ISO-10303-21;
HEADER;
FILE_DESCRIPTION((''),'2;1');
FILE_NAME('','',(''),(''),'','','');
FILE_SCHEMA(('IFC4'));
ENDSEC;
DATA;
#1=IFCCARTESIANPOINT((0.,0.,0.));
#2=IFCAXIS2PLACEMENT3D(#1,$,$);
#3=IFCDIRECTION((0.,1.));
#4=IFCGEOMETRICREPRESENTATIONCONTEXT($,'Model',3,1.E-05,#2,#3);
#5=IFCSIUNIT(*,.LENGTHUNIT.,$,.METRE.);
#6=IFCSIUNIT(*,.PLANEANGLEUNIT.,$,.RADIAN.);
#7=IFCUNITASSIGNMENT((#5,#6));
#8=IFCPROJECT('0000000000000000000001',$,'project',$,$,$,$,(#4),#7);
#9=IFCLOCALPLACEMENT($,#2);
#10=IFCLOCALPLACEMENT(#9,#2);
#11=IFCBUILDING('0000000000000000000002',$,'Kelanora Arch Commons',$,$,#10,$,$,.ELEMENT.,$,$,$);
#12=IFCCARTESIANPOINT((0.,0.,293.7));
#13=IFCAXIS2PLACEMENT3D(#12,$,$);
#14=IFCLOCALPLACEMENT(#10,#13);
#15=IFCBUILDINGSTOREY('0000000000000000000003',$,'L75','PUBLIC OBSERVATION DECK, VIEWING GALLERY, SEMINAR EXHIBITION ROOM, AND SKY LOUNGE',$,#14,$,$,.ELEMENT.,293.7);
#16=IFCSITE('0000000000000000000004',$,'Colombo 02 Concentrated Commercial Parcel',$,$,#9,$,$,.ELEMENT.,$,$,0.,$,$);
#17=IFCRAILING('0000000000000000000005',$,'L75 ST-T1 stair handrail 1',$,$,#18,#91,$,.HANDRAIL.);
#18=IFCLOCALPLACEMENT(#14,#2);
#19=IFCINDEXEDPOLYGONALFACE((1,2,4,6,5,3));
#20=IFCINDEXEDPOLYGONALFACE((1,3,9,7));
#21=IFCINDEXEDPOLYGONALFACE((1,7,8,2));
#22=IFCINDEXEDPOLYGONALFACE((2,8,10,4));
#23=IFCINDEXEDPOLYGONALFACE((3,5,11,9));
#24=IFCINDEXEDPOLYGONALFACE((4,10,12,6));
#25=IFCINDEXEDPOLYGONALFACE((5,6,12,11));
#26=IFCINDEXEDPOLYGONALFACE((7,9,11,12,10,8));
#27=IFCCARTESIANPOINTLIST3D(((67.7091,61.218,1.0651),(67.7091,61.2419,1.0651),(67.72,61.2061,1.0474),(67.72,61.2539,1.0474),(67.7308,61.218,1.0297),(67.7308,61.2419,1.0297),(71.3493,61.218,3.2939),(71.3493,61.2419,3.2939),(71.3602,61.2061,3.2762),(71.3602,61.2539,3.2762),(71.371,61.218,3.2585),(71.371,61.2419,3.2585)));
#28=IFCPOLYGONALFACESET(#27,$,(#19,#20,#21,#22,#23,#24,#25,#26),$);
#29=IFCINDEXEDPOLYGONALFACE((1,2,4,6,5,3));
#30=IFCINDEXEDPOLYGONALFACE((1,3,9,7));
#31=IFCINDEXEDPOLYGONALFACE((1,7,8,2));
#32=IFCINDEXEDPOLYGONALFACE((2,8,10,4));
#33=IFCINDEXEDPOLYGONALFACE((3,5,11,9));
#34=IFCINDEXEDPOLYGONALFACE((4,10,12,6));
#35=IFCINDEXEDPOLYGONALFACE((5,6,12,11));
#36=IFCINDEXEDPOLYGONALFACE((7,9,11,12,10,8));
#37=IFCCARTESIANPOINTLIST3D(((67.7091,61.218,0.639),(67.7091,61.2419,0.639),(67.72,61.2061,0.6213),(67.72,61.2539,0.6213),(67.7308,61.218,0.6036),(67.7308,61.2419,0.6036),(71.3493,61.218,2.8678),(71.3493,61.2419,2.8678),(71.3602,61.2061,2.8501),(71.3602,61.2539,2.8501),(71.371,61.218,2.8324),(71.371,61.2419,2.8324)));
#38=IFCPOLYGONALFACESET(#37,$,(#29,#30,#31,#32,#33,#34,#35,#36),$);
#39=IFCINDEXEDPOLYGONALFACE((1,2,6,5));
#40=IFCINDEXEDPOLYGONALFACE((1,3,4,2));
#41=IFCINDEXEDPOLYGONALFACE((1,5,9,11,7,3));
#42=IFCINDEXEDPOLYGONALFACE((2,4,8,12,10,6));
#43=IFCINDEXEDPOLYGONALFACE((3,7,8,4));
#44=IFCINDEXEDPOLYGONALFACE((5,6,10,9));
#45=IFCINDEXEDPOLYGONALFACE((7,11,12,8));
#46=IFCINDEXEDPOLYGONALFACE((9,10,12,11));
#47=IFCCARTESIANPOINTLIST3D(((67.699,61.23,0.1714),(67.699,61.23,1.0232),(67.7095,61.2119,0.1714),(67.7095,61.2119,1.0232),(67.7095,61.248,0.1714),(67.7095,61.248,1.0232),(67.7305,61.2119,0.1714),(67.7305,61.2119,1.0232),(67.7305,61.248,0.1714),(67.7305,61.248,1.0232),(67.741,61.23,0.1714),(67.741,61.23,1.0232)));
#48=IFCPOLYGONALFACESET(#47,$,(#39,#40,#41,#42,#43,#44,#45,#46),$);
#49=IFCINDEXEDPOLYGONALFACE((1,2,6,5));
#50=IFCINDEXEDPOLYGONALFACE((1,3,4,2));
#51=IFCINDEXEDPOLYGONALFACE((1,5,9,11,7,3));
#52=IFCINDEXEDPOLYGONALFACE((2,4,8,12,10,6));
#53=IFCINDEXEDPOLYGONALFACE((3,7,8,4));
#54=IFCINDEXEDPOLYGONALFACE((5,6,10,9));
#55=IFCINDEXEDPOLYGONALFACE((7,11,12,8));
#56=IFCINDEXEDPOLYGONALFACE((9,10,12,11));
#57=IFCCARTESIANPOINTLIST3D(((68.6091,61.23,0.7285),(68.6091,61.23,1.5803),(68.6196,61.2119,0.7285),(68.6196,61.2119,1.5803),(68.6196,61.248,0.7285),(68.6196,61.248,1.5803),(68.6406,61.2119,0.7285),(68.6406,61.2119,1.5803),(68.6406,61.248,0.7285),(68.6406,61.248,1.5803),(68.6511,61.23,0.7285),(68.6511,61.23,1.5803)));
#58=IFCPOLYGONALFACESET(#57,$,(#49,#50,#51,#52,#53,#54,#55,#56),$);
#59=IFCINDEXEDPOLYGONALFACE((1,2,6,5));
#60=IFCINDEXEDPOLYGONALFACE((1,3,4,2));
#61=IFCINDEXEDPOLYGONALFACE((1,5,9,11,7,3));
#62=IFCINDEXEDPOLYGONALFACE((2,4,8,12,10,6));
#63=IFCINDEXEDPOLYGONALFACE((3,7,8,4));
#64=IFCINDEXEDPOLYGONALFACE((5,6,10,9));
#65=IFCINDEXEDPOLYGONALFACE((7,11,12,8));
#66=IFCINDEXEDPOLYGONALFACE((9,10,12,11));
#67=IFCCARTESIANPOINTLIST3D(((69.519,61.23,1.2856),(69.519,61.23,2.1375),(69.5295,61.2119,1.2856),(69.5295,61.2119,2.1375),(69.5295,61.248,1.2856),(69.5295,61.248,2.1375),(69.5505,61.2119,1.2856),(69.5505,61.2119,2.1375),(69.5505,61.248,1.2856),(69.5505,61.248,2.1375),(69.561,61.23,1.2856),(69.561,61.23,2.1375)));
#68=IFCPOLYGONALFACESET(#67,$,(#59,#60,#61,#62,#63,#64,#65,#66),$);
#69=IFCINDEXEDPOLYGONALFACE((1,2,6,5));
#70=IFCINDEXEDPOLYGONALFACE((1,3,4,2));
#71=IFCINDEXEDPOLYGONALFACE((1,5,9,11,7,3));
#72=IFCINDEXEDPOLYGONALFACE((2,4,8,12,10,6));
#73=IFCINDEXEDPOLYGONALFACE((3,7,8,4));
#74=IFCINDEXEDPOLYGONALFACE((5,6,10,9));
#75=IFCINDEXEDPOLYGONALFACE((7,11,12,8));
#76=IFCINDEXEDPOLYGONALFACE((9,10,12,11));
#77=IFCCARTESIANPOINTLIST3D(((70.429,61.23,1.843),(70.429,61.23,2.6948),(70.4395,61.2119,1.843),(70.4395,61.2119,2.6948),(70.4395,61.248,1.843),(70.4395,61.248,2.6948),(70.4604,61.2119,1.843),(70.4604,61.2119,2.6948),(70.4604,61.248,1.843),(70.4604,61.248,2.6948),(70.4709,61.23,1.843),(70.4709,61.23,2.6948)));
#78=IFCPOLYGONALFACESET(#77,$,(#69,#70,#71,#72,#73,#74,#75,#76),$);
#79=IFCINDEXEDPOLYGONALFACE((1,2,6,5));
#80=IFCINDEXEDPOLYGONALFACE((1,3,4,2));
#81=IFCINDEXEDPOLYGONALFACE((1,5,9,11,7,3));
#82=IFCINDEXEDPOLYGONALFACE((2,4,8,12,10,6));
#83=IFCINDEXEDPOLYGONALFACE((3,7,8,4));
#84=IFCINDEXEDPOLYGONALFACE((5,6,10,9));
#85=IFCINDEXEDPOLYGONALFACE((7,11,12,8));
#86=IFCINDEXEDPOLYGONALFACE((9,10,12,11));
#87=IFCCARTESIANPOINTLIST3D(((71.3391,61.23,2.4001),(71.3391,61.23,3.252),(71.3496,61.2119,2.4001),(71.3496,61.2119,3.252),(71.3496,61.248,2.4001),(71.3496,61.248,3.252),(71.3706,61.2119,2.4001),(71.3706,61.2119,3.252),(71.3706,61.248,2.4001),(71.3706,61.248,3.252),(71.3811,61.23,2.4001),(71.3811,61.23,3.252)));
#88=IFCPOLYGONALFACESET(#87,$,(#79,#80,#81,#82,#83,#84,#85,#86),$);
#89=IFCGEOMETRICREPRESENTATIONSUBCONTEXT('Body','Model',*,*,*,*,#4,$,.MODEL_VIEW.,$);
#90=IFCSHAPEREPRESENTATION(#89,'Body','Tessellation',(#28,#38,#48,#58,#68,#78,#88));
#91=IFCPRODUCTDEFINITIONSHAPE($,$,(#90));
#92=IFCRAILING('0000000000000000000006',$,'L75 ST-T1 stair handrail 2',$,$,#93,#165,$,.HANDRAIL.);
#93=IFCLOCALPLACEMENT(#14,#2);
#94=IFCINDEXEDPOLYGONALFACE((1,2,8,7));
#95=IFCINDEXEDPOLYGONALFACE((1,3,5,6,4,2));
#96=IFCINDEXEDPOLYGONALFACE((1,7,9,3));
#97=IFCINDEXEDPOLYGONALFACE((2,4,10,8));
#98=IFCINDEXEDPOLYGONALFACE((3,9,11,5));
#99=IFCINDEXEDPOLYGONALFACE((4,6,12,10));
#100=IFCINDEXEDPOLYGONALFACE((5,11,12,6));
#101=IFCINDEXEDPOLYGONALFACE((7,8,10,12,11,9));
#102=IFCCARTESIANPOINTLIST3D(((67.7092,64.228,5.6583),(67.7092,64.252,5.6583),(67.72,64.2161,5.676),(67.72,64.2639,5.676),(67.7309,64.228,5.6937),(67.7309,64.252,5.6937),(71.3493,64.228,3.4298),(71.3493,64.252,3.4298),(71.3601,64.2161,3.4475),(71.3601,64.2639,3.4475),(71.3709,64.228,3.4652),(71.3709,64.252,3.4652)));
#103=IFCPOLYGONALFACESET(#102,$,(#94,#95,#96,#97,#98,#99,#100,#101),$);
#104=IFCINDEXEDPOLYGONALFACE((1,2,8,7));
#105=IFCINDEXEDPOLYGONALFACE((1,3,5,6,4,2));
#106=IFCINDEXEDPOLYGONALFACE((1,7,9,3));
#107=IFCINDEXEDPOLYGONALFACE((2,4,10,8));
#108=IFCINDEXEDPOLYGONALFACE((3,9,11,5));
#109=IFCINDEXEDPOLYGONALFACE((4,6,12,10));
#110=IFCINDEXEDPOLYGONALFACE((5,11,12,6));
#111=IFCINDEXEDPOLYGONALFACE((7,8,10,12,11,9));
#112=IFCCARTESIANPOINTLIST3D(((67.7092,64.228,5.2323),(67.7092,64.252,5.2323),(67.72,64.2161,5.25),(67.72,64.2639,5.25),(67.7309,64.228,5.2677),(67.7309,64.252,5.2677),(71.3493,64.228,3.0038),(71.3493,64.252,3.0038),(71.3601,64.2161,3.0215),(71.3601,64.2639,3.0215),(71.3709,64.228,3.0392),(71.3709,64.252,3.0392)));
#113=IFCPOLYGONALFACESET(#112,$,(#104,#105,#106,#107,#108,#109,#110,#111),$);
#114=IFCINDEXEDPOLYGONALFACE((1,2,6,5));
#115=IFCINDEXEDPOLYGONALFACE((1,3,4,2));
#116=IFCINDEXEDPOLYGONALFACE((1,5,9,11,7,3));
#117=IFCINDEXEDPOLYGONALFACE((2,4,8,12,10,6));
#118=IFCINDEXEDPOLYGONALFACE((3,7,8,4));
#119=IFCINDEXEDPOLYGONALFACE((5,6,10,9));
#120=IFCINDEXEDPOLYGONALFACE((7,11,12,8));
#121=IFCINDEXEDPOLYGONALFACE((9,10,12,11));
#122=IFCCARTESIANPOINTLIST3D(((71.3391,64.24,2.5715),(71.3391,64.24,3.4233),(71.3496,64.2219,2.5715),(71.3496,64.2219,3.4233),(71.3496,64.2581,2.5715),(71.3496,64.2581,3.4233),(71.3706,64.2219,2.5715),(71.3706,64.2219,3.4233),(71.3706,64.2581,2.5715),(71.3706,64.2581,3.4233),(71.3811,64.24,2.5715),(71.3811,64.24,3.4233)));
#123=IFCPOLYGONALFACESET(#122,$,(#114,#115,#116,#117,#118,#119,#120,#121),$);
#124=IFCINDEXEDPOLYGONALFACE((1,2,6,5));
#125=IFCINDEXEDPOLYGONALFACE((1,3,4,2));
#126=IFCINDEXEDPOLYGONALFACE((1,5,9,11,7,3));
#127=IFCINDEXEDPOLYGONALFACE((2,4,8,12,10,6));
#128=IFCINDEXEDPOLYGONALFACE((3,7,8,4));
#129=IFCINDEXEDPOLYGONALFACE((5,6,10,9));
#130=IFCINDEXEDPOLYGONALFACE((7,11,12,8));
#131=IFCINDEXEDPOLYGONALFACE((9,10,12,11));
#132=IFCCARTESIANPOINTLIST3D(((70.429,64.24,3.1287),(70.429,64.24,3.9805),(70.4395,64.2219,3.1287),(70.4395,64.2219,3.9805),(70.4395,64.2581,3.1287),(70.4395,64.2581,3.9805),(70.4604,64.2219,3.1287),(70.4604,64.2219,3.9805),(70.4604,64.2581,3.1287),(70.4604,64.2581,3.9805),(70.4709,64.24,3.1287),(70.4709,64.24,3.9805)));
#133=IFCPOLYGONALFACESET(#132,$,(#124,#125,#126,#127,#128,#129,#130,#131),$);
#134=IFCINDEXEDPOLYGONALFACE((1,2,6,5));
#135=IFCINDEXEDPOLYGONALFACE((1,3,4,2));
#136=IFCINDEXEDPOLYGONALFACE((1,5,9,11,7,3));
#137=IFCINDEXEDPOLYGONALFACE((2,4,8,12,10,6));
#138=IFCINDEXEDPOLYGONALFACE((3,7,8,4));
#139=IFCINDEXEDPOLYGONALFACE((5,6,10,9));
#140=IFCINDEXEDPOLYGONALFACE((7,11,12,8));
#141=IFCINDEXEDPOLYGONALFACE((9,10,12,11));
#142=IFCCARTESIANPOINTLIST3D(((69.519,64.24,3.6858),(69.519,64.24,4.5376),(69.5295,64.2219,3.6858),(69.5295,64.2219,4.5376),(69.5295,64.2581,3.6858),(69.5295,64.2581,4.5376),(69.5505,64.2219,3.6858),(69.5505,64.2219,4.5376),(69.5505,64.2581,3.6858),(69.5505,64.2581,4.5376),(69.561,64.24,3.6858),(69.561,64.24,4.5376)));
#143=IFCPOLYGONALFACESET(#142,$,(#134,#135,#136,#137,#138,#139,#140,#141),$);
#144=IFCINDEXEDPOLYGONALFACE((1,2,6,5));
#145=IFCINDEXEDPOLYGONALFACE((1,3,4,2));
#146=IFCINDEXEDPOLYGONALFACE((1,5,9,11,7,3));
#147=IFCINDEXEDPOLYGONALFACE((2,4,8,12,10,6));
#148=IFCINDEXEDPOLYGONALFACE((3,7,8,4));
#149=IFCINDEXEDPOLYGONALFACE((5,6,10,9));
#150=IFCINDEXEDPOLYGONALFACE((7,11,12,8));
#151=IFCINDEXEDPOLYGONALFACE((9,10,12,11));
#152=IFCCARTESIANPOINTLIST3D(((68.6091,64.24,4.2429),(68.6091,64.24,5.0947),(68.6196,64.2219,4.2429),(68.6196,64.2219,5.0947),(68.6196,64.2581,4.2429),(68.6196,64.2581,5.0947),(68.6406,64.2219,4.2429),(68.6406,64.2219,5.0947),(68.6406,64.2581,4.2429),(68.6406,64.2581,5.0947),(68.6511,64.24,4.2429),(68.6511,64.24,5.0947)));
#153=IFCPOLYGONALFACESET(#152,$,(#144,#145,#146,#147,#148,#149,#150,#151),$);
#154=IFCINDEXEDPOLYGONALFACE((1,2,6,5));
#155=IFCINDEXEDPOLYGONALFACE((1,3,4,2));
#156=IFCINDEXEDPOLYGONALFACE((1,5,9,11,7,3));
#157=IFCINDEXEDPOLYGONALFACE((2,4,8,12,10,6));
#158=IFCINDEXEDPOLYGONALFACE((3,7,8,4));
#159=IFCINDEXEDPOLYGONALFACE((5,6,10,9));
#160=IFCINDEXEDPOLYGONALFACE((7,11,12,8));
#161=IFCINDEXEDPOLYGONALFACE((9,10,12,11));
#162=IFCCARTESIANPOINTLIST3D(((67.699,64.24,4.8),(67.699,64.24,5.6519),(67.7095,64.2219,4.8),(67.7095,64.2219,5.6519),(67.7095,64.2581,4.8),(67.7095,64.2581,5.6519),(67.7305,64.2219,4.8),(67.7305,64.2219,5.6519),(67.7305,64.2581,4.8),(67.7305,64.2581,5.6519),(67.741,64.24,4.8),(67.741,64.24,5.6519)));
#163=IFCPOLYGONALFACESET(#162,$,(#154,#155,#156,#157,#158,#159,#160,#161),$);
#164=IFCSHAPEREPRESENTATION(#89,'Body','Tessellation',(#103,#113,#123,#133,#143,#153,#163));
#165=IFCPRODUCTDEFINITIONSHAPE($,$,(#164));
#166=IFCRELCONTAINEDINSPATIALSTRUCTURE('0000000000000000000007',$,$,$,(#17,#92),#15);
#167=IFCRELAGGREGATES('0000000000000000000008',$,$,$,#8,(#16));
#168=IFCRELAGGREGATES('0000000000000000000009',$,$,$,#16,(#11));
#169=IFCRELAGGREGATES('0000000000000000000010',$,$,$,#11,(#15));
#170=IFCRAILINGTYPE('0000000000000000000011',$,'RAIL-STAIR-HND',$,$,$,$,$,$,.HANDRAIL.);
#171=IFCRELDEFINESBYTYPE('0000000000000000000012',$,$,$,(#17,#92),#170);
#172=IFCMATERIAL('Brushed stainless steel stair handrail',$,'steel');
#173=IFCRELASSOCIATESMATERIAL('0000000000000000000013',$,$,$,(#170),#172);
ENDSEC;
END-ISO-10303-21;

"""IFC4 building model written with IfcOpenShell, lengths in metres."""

from ifc_helpers import new_model, si_unit, direction, frame, origin, place, context, subcontext, project, spatial, polyline, outline, extrude, material, type_object, element, save


model = new_model("IFC4")

# Units and contexts
model_context = context("Model", 3, precision=1e-05, world=origin(), true_north=direction((0.0, 1.0)))
body_context = subcontext(model_context, "Body", "Model", "MODEL_VIEW")
ifc_project = project(units=[si_unit("LENGTHUNIT", "METRE"), si_unit("PLANEANGLEUNIT", "RADIAN")], contexts=[model_context])

# Site, building, storey
site_placement = place(None, origin())
site = spatial("IfcSite", under=ifc_project, at=site_placement, Name="Colombo 02 Concentrated Commercial Parcel", CompositionType="ELEMENT", RefElevation=0.0)
building_placement = place(site_placement, origin())
building = spatial("IfcBuilding", under=site, at=building_placement, Name="Kelanora Arch Commons", CompositionType="ELEMENT")
storey_placement = place(building_placement, frame((0.0, 0.0, 293.7)))
storey = spatial("IfcBuildingStorey", under=building, at=storey_placement, Name="L75", Description="PUBLIC OBSERVATION DECK, VIEWING GALLERY, SEMINAR EXHIBITION ROOM, AND SKY LOUNGE", CompositionType="ELEMENT", Elevation=293.7)

# Railings
ifc_material_1 = material(Name="Brushed stainless steel stair handrail", Category="steel")
railing_type_1 = type_object("IfcRailingType", Name="RAIL-STAIR-HND", PredefinedType="HANDRAIL", material=ifc_material_1)
railing_1_placement = place(storey_placement, frame((67.72, 61.23, 0.1714)))
element("IfcRailing", 1, at=railing_1_placement, inside=storey, type_object=railing_type_1, Name="L75 ST-T1 stair handrail 1", PredefinedType="HANDRAIL", context=body_context, shape_type="SweptSolid", body=[
    extrude(outline(polyline([(0.0239, 0.0), (0.012, 0.0208), (-0.012, 0.0208), (-0.0239, 0.0), (-0.012, -0.0208), (0.012, -0.0208), (0.0239, 0.0)])), frame((0.0, 0.0, 0.876), z_axis=(0.85284, 0.0, 0.522172), x_axis=(0.0, 1.0, 0.0)), (0.0, 0.0, 1.0), 4.2683),
    extrude(outline(polyline([(0.0239, 0.0), (0.012, 0.0208), (-0.012, 0.0208), (-0.0239, 0.0), (-0.012, -0.0208), (0.012, -0.0208), (0.0239, 0.0)])), frame((0.0, 0.0, 0.45), z_axis=(0.85284, 0.0, 0.522172), x_axis=(0.0, 1.0, 0.0)), (0.0, 0.0, 1.0), 4.2683),
    extrude(outline(polyline([(0.021, 0.0), (0.0105, 0.0181), (-0.0105, 0.0181), (-0.021, 0.0), (-0.0105, -0.0181), (0.0105, -0.0181), (0.021, 0.0)])), origin(), (0.0, 0.0, 1.0), 0.8518),
    extrude(outline(polyline([(0.021, 0.0), (0.0105, 0.0181), (-0.0105, 0.0181), (-0.021, 0.0), (-0.0105, -0.0181), (0.0105, -0.0181), (0.021, 0.0)])), frame((0.9102, 0.0, 0.5571)), (0.0, 0.0, 1.0), 0.8518),
    extrude(outline(polyline([(0.021, 0.0), (0.0105, 0.0181), (-0.0105, 0.0181), (-0.021, 0.0), (-0.0105, -0.0181), (0.0105, -0.0181), (0.021, 0.0)])), frame((1.8201, 0.0, 1.1143)), (0.0, 0.0, 1.0), 0.8518),
    extrude(outline(polyline([(0.021, 0.0), (0.0105, 0.0181), (-0.0105, 0.0181), (-0.021, 0.0), (-0.0105, -0.0181), (0.0105, -0.0181), (0.021, 0.0)])), frame((2.73, 0.0, 1.6716)), (0.0, 0.0, 1.0), 0.8518),
    extrude(outline(polyline([(0.021, 0.0), (0.0105, 0.0181), (-0.0105, 0.0181), (-0.021, 0.0), (-0.0105, -0.0181), (0.0105, -0.0181), (0.021, 0.0)])), frame((3.6401, 0.0, 2.2288)), (0.0, 0.0, 1.0), 0.8518),
])
railing_2_placement = place(storey_placement, frame((71.3601, 64.24, 2.5715)))
element("IfcRailing", 2, at=railing_2_placement, inside=storey, type_object=railing_type_1, Name="L75 ST-T1 stair handrail 2", PredefinedType="HANDRAIL", context=body_context, shape_type="SweptSolid", body=[
    extrude(outline(polyline([(0.0239, 0.0), (0.012, 0.0208), (-0.012, 0.0208), (-0.0239, 0.0), (-0.012, -0.0208), (0.012, -0.0208), (0.0239, 0.0)])), frame((0.0, 0.0, 0.876), z_axis=(-0.852866, 0.0, 0.52213), x_axis=(0.0, -1.0, 0.0)), (0.0, 0.0, 1.0), 4.2681),
    extrude(outline(polyline([(0.0239, 0.0), (0.012, 0.0208), (-0.012, 0.0208), (-0.0239, 0.0), (-0.012, -0.0208), (0.012, -0.0208), (0.0239, 0.0)])), frame((0.0, 0.0, 0.45), z_axis=(-0.852866, 0.0, 0.52213), x_axis=(0.0, -1.0, 0.0)), (0.0, 0.0, 1.0), 4.2681),
    extrude(outline(polyline([(0.021, 0.0), (0.0105, 0.0181), (-0.0105, 0.0181), (-0.021, 0.0), (-0.0105, -0.0181), (0.0105, -0.0181), (0.021, 0.0)])), origin(), (0.0, 0.0, 1.0), 0.8518),
    extrude(outline(polyline([(0.021, 0.0), (0.0105, 0.0181), (-0.0105, 0.0181), (-0.021, 0.0), (-0.0105, -0.0181), (0.0105, -0.0181), (0.021, 0.0)])), frame((-0.9102, 0.0, 0.5571)), (0.0, 0.0, 1.0), 0.8518),
    extrude(outline(polyline([(0.021, 0.0), (0.0105, 0.0181), (-0.0105, 0.0181), (-0.021, 0.0), (-0.0105, -0.0181), (0.0105, -0.0181), (0.021, 0.0)])), frame((-1.8201, 0.0, 1.1143)), (0.0, 0.0, 1.0), 0.8518),
    extrude(outline(polyline([(0.021, 0.0), (0.0105, 0.0181), (-0.0105, 0.0181), (-0.021, 0.0), (-0.0105, -0.0181), (0.0105, -0.0181), (0.021, 0.0)])), frame((-2.73, 0.0, 1.6714)), (0.0, 0.0, 1.0), 0.8518),
    extrude(outline(polyline([(0.021, 0.0), (0.0105, 0.0181), (-0.0105, 0.0181), (-0.021, 0.0), (-0.0105, -0.0181), (0.0105, -0.0181), (0.021, 0.0)])), frame((-3.6401, 0.0, 2.2285)), (0.0, 0.0, 1.0), 0.8518),
])

save(model, "model.ifc")
